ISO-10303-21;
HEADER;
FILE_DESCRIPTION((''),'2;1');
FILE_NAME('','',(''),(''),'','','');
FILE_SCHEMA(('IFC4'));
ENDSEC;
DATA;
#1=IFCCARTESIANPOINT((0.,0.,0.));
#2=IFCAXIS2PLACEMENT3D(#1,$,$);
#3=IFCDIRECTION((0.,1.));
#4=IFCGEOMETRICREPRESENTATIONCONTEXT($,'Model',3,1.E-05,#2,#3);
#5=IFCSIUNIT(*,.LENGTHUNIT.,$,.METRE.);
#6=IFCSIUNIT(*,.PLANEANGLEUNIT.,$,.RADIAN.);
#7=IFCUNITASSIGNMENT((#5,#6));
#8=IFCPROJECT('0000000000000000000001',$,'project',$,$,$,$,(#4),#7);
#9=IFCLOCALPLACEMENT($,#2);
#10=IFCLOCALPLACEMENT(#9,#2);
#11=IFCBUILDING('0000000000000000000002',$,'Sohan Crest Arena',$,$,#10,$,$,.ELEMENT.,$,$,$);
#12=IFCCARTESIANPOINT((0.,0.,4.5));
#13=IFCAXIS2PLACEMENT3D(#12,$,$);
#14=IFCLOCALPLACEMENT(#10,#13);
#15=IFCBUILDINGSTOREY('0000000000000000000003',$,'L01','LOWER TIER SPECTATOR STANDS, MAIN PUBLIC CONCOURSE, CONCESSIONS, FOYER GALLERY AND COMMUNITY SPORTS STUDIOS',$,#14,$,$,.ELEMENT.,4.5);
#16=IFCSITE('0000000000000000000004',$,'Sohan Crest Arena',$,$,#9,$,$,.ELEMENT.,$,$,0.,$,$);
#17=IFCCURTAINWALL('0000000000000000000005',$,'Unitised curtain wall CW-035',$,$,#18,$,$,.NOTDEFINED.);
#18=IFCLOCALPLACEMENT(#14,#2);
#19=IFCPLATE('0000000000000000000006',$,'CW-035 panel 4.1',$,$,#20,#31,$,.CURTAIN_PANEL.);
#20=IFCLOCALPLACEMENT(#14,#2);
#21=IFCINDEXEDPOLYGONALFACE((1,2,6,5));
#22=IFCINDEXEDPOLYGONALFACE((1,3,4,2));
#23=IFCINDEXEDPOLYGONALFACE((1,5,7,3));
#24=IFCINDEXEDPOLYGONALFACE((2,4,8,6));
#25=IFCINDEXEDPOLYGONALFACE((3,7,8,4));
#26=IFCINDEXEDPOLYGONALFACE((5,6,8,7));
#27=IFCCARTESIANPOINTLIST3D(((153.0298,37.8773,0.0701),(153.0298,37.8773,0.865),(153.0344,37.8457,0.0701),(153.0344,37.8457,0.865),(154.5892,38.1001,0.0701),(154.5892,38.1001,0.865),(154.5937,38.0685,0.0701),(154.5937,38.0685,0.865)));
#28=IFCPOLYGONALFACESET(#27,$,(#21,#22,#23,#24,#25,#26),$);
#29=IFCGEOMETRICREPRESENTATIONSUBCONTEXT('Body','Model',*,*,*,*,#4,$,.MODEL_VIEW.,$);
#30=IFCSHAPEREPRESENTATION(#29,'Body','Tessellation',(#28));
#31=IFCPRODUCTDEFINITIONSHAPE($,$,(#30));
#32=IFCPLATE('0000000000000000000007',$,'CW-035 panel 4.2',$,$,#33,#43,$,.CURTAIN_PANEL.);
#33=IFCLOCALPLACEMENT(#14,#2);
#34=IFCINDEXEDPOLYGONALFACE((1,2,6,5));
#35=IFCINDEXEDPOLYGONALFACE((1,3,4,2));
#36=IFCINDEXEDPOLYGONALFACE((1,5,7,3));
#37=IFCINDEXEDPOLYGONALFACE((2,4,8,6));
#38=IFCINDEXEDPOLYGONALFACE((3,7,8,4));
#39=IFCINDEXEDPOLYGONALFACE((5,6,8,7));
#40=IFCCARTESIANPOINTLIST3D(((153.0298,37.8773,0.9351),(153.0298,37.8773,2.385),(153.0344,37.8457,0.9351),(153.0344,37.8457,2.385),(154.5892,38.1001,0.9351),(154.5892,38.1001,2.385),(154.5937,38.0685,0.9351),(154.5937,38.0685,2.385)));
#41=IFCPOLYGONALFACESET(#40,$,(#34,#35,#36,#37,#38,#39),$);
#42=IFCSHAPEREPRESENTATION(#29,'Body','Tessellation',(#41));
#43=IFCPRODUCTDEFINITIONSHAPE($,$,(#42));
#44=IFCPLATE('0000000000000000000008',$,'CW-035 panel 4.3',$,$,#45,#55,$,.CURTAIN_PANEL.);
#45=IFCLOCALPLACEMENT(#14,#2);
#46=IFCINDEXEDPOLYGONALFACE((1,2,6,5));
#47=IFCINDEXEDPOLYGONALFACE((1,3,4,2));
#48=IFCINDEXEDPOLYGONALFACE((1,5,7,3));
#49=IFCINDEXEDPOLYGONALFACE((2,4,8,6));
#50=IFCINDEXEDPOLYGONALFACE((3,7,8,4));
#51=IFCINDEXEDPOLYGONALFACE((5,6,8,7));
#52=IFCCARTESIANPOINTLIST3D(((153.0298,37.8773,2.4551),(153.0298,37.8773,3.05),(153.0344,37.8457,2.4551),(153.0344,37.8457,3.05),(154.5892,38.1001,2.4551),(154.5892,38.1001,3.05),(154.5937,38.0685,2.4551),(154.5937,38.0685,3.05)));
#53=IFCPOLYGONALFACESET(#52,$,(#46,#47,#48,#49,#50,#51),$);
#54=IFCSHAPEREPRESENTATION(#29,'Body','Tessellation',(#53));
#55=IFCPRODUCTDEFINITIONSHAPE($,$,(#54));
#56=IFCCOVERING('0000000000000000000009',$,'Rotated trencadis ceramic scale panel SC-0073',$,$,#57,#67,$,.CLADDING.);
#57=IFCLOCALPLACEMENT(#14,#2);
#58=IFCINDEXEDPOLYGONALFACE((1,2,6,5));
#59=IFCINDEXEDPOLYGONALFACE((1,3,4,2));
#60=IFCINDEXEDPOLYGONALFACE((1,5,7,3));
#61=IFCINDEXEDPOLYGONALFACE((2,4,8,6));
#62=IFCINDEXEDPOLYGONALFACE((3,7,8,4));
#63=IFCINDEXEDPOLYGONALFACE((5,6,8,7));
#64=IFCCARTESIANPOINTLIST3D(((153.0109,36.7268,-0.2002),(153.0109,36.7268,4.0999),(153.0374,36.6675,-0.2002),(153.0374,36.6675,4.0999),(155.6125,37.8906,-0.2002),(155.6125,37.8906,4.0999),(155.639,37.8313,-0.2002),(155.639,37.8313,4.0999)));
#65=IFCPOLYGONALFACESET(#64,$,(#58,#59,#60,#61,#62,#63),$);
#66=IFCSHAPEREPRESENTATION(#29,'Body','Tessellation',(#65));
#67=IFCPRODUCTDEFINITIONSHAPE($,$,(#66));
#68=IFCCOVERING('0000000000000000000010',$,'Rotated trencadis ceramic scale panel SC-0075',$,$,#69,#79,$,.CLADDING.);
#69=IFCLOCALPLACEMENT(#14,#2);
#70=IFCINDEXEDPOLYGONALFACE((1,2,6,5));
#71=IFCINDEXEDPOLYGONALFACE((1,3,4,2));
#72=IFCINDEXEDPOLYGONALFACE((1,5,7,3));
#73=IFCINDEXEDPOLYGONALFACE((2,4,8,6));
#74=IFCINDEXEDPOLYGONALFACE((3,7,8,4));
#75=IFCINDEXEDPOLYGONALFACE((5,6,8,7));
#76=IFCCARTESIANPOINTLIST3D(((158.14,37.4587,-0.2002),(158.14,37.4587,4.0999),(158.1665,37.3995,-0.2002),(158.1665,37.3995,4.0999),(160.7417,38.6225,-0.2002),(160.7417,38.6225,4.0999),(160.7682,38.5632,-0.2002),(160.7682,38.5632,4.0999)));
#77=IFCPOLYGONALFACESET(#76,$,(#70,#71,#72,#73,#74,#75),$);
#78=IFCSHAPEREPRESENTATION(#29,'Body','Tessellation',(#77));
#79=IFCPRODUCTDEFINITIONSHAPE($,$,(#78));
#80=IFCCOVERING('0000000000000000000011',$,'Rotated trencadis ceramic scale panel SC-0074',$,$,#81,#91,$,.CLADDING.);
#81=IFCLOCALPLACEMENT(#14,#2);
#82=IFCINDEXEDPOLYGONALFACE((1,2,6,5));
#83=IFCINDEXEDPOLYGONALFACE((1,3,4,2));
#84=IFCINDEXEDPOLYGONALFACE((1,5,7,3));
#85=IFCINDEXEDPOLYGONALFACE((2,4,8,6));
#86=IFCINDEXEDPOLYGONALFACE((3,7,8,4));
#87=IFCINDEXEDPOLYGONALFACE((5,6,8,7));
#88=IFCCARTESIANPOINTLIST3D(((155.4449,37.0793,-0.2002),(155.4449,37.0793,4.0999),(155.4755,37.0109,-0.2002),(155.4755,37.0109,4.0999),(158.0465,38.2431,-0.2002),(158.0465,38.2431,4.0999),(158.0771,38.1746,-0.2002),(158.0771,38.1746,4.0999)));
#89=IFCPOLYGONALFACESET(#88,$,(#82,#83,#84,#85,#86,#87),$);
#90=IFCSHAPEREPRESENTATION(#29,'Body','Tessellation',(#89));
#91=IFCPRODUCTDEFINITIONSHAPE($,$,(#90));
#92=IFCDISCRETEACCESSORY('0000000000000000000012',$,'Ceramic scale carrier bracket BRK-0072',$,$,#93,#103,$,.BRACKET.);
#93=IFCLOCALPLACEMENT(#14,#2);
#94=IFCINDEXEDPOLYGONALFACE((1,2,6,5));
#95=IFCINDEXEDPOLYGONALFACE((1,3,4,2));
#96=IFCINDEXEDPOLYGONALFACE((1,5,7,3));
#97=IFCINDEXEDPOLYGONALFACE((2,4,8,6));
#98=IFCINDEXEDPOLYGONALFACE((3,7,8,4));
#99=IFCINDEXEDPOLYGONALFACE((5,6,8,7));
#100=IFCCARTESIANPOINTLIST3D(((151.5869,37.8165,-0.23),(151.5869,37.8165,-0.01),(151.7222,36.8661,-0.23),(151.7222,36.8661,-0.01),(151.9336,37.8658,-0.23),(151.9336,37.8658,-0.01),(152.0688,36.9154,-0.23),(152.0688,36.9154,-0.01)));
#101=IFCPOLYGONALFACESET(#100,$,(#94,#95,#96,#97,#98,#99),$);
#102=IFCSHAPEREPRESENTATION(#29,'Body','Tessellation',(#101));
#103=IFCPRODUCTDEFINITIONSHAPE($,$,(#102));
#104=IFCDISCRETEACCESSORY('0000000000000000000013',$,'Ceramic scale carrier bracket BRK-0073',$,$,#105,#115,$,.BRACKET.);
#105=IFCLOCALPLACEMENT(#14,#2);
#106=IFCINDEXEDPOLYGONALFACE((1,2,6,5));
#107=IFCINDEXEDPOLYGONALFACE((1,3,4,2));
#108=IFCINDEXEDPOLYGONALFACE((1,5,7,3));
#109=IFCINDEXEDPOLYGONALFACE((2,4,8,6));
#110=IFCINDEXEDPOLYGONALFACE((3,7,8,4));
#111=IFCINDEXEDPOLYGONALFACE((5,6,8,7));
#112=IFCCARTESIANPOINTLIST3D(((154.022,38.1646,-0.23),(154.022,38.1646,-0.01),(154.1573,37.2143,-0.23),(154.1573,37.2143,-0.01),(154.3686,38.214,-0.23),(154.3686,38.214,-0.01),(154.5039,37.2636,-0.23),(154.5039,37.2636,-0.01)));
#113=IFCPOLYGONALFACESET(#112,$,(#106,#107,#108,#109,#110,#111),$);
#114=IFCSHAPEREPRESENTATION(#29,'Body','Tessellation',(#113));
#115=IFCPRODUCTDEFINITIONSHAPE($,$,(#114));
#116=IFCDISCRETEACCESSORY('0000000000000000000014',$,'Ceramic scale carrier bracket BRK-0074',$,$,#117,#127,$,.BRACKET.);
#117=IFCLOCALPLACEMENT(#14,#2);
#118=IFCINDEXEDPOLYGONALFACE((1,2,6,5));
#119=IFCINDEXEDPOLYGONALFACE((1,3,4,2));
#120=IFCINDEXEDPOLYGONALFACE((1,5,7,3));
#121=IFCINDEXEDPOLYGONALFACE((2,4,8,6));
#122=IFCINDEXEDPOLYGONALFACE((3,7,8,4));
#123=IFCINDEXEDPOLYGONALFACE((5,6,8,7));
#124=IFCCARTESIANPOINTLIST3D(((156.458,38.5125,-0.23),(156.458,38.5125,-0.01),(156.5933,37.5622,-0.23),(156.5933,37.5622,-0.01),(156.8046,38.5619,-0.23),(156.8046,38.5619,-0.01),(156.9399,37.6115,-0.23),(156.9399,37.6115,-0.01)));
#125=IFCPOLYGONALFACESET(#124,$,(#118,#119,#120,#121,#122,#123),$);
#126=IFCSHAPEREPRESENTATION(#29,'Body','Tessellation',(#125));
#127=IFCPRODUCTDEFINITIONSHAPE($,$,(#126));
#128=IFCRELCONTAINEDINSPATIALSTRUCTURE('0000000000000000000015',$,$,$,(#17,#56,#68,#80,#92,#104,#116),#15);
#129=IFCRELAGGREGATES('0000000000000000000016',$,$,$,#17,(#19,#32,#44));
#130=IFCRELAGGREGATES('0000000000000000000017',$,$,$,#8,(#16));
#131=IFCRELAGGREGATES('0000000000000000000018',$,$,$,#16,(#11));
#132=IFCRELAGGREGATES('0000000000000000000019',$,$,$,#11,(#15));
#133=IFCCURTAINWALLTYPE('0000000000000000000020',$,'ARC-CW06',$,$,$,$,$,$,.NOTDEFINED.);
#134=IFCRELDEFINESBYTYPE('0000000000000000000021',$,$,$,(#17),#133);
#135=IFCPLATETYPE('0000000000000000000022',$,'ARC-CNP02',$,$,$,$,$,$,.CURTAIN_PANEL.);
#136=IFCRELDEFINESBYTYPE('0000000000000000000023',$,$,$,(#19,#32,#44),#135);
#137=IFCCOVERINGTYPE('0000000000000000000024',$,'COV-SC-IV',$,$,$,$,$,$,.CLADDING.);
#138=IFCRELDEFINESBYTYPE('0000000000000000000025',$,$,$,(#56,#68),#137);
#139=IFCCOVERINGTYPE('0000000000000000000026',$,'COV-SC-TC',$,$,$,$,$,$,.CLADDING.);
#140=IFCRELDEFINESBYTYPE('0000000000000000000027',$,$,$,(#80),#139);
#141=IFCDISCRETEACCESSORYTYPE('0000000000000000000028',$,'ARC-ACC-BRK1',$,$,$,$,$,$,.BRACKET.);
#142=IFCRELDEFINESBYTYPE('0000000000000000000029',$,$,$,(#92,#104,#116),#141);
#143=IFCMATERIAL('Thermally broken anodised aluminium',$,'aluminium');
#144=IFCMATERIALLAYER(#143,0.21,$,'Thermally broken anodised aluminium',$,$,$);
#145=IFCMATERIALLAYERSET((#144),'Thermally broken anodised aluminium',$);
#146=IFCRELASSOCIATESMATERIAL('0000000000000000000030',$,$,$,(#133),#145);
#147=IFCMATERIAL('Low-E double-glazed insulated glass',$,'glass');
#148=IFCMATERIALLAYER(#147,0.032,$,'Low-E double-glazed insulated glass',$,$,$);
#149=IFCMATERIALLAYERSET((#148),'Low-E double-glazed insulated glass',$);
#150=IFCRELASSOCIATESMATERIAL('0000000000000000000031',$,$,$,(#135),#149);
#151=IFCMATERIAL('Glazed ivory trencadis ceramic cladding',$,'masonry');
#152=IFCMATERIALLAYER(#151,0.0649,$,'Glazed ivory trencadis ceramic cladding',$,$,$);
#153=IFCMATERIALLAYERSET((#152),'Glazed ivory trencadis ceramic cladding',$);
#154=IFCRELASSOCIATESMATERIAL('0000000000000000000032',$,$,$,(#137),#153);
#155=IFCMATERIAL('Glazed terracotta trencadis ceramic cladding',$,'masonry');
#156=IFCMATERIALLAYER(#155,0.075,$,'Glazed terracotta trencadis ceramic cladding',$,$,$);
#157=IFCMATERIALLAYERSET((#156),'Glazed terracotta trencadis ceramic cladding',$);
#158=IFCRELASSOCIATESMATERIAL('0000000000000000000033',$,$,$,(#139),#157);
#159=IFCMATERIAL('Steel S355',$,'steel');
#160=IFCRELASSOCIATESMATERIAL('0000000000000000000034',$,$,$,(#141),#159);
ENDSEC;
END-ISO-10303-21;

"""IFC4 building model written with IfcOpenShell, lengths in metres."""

from ifc_helpers import new_model, si_unit, direction, frame, origin, origin_2d, place, context, subcontext, project, spatial, rectangle, extrude, material, layer, layer_set, type_object, element, aggregate, save


model = new_model("IFC4")

# Units and contexts
model_context = context("Model", 3, precision=1e-05, world=origin(), true_north=direction((0.0, 1.0)))
body_context = subcontext(model_context, "Body", "Model", "MODEL_VIEW")
ifc_project = project(units=[si_unit("LENGTHUNIT", "METRE"), si_unit("PLANEANGLEUNIT", "RADIAN")], contexts=[model_context])

# Site, building, storey
site_placement = place(None, origin())
site = spatial("IfcSite", under=ifc_project, at=site_placement, Name="Sohan Crest Arena", CompositionType="ELEMENT", RefElevation=0.0)
building_placement = place(site_placement, origin())
building = spatial("IfcBuilding", under=site, at=building_placement, Name="Sohan Crest Arena", CompositionType="ELEMENT")
storey_placement = place(building_placement, frame((0.0, 0.0, 4.5)))
storey = spatial("IfcBuildingStorey", under=building, at=storey_placement, Name="L01", Description="LOWER TIER SPECTATOR STANDS, MAIN PUBLIC CONCOURSE, CONCESSIONS, FOYER GALLERY AND COMMUNITY SPORTS STUDIOS", CompositionType="ELEMENT", Elevation=4.5)

# Curtain wall, plates
ifc_material_1 = material(Name="Thermally broken anodised aluminium", Category="aluminium")
ifc_layer_1 = layer(ifc_material_1, 0.21, Name="Thermally broken anodised aluminium")
ifc_layer_set_1 = layer_set([ifc_layer_1], Name="Thermally broken anodised aluminium")
curtain_wall_type = type_object("IfcCurtainWallType", Name="ARC-CW06", PredefinedType="NOTDEFINED", material=ifc_layer_set_1)
curtain_wall_placement = place(storey_placement, origin())
curtain_wall = element("IfcCurtainWall", 1, at=curtain_wall_placement, inside=storey, type_object=curtain_wall_type, Name="Unitised curtain wall CW-035", PredefinedType="NOTDEFINED")
ifc_material_2 = material(Name="Low-E double-glazed insulated glass", Category="glass")
ifc_layer_2 = layer(ifc_material_2, 0.032, Name="Low-E double-glazed insulated glass")
ifc_layer_set_2 = layer_set([ifc_layer_2], Name="Low-E double-glazed insulated glass")
plate_type = type_object("IfcPlateType", Name="ARC-CNP02", PredefinedType="CURTAIN_PANEL", material=ifc_layer_set_2)
plate_1_placement = place(storey_placement, frame((153.8118, 37.9729, 0.0701), z_axis=(0.0, 0.0, 1.0), x_axis=(0.989945, 0.14145, 0.0)))
plate_1 = element("IfcPlate", 2, at=plate_1_placement, type_object=plate_type, Name="CW-035 panel 4.1", PredefinedType="CURTAIN_PANEL", context=body_context, shape_type="SweptSolid", body=[
    extrude(rectangle(XDim=1.5752, YDim=0.032, at=origin_2d()), origin(), (0.0, 0.0, 1.0), 0.7949),
])
plate_2_placement = place(storey_placement, frame((153.8118, 37.9729, 0.9351), z_axis=(0.0, 0.0, 1.0), x_axis=(0.989945, 0.14145, 0.0)))
plate_2 = element("IfcPlate", 3, at=plate_2_placement, type_object=plate_type, Name="CW-035 panel 4.2", PredefinedType="CURTAIN_PANEL", context=body_context, shape_type="SweptSolid", body=[
    extrude(rectangle(XDim=1.5752, YDim=0.032, at=origin_2d()), origin(), (0.0, 0.0, 1.0), 1.45),
])
plate_3_placement = place(storey_placement, frame((153.8118, 37.9729, 2.4551), z_axis=(0.0, 0.0, 1.0), x_axis=(0.989945, 0.14145, 0.0)))
plate_3 = element("IfcPlate", 4, at=plate_3_placement, type_object=plate_type, Name="CW-035 panel 4.3", PredefinedType="CURTAIN_PANEL", context=body_context, shape_type="SweptSolid", body=[
    extrude(rectangle(XDim=1.5752, YDim=0.032, at=origin_2d()), origin(), (0.0, 0.0, 1.0), 0.595),
])
aggregate(curtain_wall, [plate_1, plate_2, plate_3])

# Coverings
ifc_material_3 = material(Name="Glazed ivory trencadis ceramic cladding", Category="masonry")
ifc_layer_3 = layer(ifc_material_3, 0.0649, Name="Glazed ivory trencadis ceramic cladding")
ifc_layer_set_3 = layer_set([ifc_layer_3], Name="Glazed ivory trencadis ceramic cladding")
covering_type_1 = type_object("IfcCoveringType", Name="COV-SC-IV", PredefinedType="CLADDING", material=ifc_layer_set_3)
for number, where, z_axis, x_axis, name in (
    (5, (154.325, 37.2791, -0.2002), (0.0, 0.0, 1.0), (0.912834, 0.40833, 0.0), "Rotated trencadis ceramic scale panel SC-0073"),
    (6, (159.4541, 38.011, -0.2002), (0.0, 0.0, 1.0), (0.912834, 0.40833, 0.0), "Rotated trencadis ceramic scale panel SC-0075"),
):
    element("IfcCovering", number, at=place(storey_placement, frame(where, z_axis=z_axis, x_axis=x_axis)), inside=storey, type_object=covering_type_1, Name=name, PredefinedType="CLADDING", context=body_context, shape_type="SweptSolid", body=[
        extrude(rectangle(XDim=2.8501, YDim=0.0649, at=origin_2d()), origin(), (0.0, 0.0, 1.0), 4.3),
    ])
ifc_material_4 = material(Name="Glazed terracotta trencadis ceramic cladding", Category="masonry")
ifc_layer_4 = layer(ifc_material_4, 0.075, Name="Glazed terracotta trencadis ceramic cladding")
ifc_layer_set_4 = layer_set([ifc_layer_4], Name="Glazed terracotta trencadis ceramic cladding")
covering_type_2 = type_object("IfcCoveringType", Name="COV-SC-TC", PredefinedType="CLADDING", material=ifc_layer_set_4)
covering_placement = place(storey_placement, frame((156.761, 37.627, -0.2002), z_axis=(0.0, 0.0, 1.0), x_axis=(0.912834, 0.40833, 0.0)))
element("IfcCovering", 7, at=covering_placement, inside=storey, type_object=covering_type_2, Name="Rotated trencadis ceramic scale panel SC-0074", PredefinedType="CLADDING", context=body_context, shape_type="SweptSolid", body=[
    extrude(rectangle(XDim=2.8501, YDim=0.075, at=origin_2d()), origin(), (0.0, 0.0, 1.0), 4.3),
])

# Discrete accessories
ifc_material_5 = material(Name="Steel S355", Category="steel")
discrete_accessory_type = type_object("IfcDiscreteAccessoryType", Name="ARC-ACC-BRK1", PredefinedType="BRACKET", material=ifc_material_5)
for number, where, z_axis, x_axis, name in (
    (8, (151.8279, 37.366, -0.23), (0.0, 0.0, 1.0), (0.990024, 0.140901, 0.0), "Ceramic scale carrier bracket BRK-0072"),
    (9, (154.2629, 37.7141, -0.23), (0.0, 0.0, 1.0), (0.990024, 0.140901, 0.0), "Ceramic scale carrier bracket BRK-0073"),
    (10, (156.699, 38.062, -0.23), (0.0, 0.0, 1.0), (0.990024, 0.140901, 0.0), "Ceramic scale carrier bracket BRK-0074"),
):
    element("IfcDiscreteAccessory", number, at=place(storey_placement, frame(where, z_axis=z_axis, x_axis=x_axis)), inside=storey, type_object=discrete_accessory_type, Name=name, PredefinedType="BRACKET", context=body_context, shape_type="SweptSolid", body=[
        extrude(rectangle(XDim=0.3501, YDim=0.96, at=origin_2d()), origin(), (0.0, 0.0, 1.0), 0.22),
    ])

save(model, "model.ifc")
